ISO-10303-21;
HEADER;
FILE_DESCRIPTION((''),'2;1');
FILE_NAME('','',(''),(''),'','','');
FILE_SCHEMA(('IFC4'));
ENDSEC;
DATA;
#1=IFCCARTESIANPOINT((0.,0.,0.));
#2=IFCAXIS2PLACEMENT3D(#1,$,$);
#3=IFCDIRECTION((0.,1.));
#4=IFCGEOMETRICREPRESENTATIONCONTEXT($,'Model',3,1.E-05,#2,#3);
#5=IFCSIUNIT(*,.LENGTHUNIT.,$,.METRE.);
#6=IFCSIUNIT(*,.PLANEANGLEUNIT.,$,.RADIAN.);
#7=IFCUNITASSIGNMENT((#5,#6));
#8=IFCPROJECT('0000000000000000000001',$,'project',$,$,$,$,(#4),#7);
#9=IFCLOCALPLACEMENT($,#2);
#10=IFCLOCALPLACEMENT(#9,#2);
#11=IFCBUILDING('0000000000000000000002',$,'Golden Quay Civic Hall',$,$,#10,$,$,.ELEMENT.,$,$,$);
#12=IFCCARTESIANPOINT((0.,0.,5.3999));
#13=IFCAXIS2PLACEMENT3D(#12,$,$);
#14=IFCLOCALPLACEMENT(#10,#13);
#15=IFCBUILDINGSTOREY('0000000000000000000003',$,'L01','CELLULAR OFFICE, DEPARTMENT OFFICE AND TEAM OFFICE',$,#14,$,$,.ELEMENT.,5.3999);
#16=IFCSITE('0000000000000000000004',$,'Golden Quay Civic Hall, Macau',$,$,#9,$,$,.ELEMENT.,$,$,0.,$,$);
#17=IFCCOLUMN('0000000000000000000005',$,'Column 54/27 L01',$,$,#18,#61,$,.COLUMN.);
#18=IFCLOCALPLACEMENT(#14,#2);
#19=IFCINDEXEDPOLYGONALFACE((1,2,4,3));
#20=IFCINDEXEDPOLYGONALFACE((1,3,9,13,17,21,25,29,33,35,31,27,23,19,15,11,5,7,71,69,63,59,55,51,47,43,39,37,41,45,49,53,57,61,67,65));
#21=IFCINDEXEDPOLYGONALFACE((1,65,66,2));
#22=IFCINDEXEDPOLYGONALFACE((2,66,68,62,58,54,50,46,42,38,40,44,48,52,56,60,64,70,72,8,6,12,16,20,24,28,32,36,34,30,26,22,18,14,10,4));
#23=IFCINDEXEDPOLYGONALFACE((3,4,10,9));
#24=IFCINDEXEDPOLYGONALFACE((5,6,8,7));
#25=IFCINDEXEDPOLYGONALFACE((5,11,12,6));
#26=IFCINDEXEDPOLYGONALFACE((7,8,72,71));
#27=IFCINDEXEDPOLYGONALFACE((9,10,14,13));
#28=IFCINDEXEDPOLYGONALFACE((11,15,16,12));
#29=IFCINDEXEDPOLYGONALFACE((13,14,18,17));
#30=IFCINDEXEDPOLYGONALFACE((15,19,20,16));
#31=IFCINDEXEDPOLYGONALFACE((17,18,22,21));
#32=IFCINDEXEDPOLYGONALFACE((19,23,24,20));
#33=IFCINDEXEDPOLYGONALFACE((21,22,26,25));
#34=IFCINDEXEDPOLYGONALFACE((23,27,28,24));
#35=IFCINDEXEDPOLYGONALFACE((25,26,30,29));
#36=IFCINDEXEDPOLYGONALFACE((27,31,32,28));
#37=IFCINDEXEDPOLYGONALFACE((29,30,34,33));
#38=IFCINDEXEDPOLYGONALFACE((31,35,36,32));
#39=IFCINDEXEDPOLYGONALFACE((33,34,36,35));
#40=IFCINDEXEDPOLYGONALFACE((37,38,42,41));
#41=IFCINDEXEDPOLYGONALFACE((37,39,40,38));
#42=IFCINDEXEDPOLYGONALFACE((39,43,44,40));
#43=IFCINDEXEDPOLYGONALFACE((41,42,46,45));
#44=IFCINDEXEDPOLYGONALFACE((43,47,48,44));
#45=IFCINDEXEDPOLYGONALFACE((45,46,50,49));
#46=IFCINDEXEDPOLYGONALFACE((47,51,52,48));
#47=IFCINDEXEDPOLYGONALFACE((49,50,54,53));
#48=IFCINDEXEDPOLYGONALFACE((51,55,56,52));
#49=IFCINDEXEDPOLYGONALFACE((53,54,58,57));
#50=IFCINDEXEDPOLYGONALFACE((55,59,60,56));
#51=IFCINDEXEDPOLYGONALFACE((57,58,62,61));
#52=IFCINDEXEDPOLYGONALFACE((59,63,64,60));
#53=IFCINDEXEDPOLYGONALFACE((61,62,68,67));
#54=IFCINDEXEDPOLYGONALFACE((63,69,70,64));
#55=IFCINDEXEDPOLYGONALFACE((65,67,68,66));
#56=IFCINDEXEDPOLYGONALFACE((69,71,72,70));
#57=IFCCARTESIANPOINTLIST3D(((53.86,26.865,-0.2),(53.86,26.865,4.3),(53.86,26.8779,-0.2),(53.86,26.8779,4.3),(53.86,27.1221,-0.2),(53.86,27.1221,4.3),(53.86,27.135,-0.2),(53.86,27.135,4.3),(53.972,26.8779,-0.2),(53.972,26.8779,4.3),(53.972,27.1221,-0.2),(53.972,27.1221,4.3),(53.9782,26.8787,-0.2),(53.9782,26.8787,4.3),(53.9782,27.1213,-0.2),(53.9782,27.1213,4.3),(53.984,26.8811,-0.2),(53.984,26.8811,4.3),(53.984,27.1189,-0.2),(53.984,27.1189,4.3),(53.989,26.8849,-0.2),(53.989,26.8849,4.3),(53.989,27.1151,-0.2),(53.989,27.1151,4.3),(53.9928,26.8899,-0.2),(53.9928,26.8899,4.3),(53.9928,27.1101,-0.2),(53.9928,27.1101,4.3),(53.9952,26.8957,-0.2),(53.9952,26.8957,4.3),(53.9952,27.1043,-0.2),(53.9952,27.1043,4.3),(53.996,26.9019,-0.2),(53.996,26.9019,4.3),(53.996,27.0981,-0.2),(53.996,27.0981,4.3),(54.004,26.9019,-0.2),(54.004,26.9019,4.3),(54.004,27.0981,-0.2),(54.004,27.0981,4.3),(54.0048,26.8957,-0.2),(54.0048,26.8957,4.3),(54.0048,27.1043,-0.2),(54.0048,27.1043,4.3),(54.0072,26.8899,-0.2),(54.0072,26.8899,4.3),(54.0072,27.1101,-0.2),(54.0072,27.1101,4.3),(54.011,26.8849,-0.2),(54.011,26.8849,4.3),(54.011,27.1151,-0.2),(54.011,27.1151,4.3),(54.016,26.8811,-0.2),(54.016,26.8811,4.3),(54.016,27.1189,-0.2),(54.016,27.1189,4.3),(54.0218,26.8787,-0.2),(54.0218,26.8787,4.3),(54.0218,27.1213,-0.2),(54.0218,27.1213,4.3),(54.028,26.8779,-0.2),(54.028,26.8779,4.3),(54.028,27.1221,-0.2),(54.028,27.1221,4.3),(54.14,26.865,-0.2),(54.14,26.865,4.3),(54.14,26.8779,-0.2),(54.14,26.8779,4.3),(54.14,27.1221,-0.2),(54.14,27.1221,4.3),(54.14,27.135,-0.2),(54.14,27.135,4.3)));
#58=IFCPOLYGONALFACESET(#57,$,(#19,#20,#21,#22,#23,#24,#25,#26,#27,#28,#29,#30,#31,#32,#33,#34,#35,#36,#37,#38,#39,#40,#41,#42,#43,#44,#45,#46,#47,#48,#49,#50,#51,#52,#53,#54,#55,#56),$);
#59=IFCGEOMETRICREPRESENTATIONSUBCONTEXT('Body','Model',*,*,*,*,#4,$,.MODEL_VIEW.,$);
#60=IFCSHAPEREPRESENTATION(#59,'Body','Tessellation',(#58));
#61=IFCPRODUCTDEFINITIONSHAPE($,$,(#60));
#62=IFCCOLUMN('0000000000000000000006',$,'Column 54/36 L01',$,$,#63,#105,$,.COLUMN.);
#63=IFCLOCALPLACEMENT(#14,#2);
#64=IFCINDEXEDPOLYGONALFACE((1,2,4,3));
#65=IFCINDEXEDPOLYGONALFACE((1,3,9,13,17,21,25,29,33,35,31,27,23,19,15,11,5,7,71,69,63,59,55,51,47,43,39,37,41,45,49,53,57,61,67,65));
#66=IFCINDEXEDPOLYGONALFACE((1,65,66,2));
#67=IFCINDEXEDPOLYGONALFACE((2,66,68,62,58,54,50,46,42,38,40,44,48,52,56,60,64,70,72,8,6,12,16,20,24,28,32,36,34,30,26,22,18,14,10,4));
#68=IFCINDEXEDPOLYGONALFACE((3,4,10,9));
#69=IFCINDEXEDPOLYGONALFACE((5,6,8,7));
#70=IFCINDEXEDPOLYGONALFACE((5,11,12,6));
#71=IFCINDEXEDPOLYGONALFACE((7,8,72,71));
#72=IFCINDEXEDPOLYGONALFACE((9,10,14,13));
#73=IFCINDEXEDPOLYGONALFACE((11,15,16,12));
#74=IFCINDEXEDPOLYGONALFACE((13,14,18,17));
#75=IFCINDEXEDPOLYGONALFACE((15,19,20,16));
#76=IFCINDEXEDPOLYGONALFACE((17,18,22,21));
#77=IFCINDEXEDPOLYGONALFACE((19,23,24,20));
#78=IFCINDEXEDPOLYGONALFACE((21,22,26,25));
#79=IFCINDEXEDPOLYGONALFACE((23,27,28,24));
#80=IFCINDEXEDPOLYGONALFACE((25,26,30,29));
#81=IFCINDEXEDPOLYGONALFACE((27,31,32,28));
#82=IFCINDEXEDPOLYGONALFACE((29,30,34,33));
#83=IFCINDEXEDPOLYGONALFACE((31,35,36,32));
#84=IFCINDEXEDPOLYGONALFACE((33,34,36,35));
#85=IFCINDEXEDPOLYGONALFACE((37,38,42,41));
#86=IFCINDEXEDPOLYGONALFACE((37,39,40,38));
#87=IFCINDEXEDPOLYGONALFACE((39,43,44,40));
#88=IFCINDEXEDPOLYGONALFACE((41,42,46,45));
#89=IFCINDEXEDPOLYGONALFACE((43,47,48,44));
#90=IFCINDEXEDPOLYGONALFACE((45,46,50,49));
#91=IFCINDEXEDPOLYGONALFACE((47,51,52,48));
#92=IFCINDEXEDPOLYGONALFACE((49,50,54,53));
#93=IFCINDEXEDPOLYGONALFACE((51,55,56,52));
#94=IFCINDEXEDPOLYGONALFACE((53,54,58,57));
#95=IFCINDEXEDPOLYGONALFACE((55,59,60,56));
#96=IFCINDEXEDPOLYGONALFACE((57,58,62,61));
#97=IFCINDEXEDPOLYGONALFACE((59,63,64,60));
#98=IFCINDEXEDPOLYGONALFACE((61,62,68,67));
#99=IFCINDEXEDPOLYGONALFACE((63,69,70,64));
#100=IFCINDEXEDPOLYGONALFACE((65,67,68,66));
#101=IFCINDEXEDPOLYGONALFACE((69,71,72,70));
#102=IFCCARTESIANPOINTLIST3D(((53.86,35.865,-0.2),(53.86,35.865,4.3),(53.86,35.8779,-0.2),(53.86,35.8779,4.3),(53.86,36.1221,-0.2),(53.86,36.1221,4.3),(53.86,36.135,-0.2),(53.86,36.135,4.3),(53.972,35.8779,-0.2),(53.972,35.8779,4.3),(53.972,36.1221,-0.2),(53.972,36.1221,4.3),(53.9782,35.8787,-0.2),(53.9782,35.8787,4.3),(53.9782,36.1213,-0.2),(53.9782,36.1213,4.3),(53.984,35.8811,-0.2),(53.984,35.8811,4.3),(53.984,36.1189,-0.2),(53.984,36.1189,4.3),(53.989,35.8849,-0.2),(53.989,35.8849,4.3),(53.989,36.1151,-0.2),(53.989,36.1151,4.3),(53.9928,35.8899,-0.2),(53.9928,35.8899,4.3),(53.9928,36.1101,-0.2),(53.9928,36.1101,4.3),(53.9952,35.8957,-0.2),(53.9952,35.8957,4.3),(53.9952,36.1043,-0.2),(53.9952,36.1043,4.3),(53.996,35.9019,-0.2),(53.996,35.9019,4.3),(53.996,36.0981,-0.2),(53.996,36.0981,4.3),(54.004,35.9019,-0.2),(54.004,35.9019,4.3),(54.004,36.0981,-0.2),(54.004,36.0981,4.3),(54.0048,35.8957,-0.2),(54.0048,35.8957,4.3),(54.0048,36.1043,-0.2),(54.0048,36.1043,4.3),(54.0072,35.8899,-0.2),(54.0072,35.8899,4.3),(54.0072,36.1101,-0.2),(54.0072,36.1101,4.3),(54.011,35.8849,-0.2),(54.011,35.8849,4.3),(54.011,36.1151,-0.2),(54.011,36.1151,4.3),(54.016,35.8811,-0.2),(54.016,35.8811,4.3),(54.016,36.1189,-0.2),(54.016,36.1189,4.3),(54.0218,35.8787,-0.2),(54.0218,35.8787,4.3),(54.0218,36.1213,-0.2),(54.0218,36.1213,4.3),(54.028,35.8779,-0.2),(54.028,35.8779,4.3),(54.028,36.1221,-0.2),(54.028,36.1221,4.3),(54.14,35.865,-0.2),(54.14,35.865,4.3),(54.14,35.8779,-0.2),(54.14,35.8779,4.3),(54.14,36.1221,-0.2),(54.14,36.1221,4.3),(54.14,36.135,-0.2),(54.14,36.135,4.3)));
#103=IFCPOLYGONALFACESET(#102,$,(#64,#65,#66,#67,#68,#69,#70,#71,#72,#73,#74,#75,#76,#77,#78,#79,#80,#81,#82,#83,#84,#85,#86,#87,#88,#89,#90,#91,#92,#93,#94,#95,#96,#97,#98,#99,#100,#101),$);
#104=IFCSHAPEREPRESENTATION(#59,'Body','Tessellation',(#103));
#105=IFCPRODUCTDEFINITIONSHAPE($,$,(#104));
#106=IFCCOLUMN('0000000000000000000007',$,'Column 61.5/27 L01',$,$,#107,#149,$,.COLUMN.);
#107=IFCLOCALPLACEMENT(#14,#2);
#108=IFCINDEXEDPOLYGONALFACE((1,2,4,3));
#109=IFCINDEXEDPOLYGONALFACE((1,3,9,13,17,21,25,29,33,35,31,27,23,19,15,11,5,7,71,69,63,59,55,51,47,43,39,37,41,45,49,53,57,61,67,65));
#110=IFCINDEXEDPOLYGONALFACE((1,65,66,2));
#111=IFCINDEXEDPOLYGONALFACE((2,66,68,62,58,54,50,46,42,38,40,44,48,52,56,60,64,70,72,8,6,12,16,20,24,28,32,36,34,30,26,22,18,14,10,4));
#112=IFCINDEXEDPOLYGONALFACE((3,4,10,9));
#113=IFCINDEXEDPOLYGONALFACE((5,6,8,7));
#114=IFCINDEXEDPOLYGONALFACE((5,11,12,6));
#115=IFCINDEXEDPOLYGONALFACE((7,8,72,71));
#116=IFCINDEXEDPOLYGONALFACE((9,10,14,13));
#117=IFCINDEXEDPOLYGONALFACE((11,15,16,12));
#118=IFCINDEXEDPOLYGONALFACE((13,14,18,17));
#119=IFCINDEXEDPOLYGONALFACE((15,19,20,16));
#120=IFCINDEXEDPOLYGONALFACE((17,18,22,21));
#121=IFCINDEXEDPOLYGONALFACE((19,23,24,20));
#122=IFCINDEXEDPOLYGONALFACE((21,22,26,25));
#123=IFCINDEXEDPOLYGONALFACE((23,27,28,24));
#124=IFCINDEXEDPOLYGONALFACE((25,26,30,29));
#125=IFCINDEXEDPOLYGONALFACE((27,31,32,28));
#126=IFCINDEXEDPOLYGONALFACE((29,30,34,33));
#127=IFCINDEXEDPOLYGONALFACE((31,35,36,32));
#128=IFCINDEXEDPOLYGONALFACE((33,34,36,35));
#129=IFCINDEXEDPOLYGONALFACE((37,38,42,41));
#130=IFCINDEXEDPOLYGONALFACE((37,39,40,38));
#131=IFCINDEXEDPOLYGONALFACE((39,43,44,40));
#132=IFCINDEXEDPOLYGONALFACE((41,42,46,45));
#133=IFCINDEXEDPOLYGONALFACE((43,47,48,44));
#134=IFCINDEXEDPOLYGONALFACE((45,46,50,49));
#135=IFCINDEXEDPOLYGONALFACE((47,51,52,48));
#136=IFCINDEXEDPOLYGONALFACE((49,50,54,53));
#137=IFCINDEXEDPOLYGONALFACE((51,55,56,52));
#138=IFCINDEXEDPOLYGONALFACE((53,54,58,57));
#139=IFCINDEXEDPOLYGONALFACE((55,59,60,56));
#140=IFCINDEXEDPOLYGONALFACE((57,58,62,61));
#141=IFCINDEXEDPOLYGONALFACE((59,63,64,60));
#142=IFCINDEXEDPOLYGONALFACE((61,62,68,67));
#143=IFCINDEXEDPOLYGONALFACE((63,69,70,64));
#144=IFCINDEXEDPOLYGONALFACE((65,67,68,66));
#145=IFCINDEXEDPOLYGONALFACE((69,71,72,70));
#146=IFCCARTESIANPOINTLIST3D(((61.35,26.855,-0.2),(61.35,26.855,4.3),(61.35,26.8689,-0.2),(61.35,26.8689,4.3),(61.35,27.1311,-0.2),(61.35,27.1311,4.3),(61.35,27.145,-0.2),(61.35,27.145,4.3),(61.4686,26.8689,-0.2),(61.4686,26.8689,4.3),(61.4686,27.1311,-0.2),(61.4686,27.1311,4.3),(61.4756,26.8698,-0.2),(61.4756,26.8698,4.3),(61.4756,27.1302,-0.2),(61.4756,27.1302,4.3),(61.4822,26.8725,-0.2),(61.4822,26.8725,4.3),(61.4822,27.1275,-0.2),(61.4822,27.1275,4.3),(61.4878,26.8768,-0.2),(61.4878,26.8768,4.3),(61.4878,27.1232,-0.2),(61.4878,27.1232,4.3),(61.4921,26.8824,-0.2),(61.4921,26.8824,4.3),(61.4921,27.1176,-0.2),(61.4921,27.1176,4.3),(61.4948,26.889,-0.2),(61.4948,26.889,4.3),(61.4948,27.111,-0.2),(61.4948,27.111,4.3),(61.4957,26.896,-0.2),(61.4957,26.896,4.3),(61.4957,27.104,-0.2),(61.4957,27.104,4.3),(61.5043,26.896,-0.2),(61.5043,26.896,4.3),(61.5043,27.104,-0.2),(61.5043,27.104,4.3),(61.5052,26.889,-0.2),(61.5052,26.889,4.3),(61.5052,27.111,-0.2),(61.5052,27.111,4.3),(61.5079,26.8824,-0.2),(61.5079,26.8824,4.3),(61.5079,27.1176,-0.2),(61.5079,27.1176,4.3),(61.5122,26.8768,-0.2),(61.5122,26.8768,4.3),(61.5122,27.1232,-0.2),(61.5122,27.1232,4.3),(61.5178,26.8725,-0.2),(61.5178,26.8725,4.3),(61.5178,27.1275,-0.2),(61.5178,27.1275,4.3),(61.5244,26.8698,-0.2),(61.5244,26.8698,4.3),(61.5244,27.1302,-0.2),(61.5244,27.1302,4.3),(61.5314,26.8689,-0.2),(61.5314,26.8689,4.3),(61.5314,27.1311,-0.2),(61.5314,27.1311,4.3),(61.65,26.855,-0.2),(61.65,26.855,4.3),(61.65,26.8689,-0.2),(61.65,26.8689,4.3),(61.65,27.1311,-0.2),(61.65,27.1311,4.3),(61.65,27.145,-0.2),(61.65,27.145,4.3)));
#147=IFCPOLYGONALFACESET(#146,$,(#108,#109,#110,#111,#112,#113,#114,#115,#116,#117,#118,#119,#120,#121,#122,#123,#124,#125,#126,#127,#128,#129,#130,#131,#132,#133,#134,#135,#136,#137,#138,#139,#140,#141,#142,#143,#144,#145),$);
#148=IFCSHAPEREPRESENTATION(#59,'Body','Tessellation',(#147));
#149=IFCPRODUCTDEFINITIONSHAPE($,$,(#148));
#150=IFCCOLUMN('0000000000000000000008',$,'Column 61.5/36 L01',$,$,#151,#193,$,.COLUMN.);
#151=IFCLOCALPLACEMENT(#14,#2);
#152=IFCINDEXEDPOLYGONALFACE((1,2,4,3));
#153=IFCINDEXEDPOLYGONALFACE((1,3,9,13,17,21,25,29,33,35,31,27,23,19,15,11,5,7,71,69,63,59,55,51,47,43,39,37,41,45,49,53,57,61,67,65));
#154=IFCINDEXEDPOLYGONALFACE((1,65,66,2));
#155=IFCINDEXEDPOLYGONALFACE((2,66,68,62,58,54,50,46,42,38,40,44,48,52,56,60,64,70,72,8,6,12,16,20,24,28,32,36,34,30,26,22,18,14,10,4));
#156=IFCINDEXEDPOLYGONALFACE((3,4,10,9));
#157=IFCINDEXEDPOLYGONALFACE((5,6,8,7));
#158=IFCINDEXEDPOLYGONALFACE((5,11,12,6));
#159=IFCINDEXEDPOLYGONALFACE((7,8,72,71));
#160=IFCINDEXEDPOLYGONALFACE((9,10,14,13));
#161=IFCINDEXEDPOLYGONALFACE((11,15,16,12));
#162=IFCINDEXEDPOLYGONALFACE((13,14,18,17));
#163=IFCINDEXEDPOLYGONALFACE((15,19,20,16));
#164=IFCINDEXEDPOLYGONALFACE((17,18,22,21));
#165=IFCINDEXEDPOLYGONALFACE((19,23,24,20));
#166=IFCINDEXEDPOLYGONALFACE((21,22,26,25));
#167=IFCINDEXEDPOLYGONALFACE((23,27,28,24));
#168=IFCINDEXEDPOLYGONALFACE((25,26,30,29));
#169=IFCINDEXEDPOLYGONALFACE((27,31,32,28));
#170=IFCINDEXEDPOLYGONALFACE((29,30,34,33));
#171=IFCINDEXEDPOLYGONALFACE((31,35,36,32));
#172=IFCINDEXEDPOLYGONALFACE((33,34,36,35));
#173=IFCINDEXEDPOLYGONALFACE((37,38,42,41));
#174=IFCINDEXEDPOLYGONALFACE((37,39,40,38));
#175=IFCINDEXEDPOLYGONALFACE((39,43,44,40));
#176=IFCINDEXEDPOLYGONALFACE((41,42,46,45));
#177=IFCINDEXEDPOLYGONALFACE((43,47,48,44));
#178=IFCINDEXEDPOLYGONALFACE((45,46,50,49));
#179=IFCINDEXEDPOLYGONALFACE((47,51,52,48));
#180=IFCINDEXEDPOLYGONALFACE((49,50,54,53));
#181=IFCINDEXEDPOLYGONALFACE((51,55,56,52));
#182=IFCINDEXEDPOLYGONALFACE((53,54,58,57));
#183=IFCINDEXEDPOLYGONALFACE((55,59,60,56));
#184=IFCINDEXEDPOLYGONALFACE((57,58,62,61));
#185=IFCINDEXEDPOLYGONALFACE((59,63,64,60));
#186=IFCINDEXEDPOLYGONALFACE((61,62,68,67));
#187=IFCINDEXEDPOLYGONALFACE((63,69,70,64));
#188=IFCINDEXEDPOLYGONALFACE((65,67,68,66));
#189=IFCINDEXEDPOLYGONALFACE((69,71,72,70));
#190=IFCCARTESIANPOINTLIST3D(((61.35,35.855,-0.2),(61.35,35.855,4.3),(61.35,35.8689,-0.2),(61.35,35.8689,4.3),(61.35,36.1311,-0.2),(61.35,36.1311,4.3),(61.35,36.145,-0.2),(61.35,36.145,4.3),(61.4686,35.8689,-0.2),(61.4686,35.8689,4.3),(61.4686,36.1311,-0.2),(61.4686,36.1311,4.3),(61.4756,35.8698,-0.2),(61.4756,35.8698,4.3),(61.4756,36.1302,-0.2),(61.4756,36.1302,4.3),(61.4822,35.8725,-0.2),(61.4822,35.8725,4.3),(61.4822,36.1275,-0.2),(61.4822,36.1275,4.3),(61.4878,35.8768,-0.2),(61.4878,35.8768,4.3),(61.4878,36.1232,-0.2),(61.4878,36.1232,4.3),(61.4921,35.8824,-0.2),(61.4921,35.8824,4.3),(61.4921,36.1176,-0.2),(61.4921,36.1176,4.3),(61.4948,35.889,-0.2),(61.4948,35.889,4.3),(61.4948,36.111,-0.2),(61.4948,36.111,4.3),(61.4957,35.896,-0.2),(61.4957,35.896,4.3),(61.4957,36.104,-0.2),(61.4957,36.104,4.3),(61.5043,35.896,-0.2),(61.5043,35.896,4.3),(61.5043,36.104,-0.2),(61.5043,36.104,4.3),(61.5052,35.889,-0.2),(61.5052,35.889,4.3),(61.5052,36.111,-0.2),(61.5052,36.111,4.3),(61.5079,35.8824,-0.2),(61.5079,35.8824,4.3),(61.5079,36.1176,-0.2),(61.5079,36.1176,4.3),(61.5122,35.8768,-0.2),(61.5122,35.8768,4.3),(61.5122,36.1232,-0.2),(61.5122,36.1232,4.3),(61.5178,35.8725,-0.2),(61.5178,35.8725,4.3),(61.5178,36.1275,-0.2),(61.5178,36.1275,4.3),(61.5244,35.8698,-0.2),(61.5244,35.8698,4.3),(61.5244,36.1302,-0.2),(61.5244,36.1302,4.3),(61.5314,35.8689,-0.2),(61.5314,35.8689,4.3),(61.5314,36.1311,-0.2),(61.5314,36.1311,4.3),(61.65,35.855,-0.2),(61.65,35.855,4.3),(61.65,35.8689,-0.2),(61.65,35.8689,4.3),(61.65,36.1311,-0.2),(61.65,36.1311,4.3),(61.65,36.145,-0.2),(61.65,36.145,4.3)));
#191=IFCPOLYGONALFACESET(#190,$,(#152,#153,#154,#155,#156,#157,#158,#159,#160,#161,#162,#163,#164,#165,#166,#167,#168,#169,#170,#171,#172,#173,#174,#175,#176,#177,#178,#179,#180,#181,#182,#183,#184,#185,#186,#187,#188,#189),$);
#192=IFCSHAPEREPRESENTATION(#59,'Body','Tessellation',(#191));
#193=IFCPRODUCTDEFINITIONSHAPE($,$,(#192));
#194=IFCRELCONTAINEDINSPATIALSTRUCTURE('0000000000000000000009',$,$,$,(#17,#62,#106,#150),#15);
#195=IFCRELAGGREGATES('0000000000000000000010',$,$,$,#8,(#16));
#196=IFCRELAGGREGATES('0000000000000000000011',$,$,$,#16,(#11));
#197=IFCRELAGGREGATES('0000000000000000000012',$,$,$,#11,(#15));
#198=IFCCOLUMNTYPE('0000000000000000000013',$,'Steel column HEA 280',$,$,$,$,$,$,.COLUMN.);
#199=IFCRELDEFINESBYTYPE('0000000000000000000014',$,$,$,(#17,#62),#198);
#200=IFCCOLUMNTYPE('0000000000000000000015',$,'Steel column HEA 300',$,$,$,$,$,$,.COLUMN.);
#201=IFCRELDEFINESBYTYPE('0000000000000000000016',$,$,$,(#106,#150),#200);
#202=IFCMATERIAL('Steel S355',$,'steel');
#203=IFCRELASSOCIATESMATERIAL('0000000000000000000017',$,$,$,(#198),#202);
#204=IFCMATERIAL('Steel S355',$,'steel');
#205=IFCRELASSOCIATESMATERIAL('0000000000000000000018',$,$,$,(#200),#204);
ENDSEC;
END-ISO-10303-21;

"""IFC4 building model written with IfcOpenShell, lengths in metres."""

from ifc_helpers import new_model, si_unit, direction, frame, origin, origin_2d, place, context, subcontext, project, spatial, i_section, extrude, material, material_profile, profile_set, type_object, element, save


model = new_model("IFC4")

# Units and contexts
model_context = context("Model", 3, precision=1e-05, world=origin(), true_north=direction((0.0, 1.0)))
body_context = subcontext(model_context, "Body", "Model", "MODEL_VIEW")
ifc_project = project(units=[si_unit("LENGTHUNIT", "METRE"), si_unit("PLANEANGLEUNIT", "RADIAN")], contexts=[model_context])

# Site, building, storey
site_placement = place(None, origin())
site = spatial("IfcSite", under=ifc_project, at=site_placement, Name="Golden Quay Civic Hall, Macau", CompositionType="ELEMENT", RefElevation=0.0)
building_placement = place(site_placement, origin())
building = spatial("IfcBuilding", under=site, at=building_placement, Name="Golden Quay Civic Hall", CompositionType="ELEMENT")
storey_placement = place(building_placement, frame((0.0, 0.0, 5.3999)))
storey = spatial("IfcBuildingStorey", under=building, at=storey_placement, Name="L01", Description="CELLULAR OFFICE, DEPARTMENT OFFICE AND TEAM OFFICE", CompositionType="ELEMENT", Elevation=5.3999)

# Columns
ifc_material_1 = material(Name="Steel S355", Category="steel")
ifc_material_profile_1 = material_profile(ifc_material_1, i_section(OverallWidth=0.28, OverallDepth=0.27, WebThickness=0.0081, FlangeThickness=0.0129, FilletRadius=0.0239, at=origin_2d()), Name="HEA 280")
ifc_profile_set_1 = profile_set([ifc_material_profile_1], Name="Steel S355")
column_type_1 = type_object("IfcColumnType", Name="Steel column HEA 280", PredefinedType="COLUMN", material=ifc_profile_set_1)
for number, where, z_axis, x_axis, name in (
    (1, (54.0, 27.0, -0.2), (0.0, 0.0, 1.0), (1.0, 0.0, 0.0), "Column 54/27 L01"),
    (2, (54.0, 36.0, -0.2), (0.0, 0.0, 1.0), (1.0, 0.0, 0.0), "Column 54/36 L01"),
):
    element("IfcColumn", number, at=place(storey_placement, frame(where, z_axis=z_axis, x_axis=x_axis)), inside=storey, type_object=column_type_1, Name=name, PredefinedType="COLUMN", context=body_context, shape_type="SweptSolid", body=[
        extrude(i_section(OverallWidth=0.28, OverallDepth=0.27, WebThickness=0.0081, FlangeThickness=0.0129, FilletRadius=0.0239, at=origin_2d()), origin(), (0.0, 0.0, 1.0), 4.5),
    ])
ifc_material_2 = material(Name="Steel S355", Category="steel")
ifc_material_profile_2 = material_profile(ifc_material_2, i_section(OverallWidth=0.3, OverallDepth=0.29, WebThickness=0.0085, FlangeThickness=0.0139, FilletRadius=0.0271, at=origin_2d()), Name="HEA 300")
ifc_profile_set_2 = profile_set([ifc_material_profile_2], Name="Steel S355")
column_type_2 = type_object("IfcColumnType", Name="Steel column HEA 300", PredefinedType="COLUMN", material=ifc_profile_set_2)
for number, where, z_axis, x_axis, name in (
    (3, (61.5, 27.0, -0.2), (0.0, 0.0, 1.0), (1.0, 0.0, 0.0), "Column 61.5/27 L01"),
    (4, (61.5, 36.0, -0.2), (0.0, 0.0, 1.0), (1.0, 0.0, 0.0), "Column 61.5/36 L01"),
):
    element("IfcColumn", number, at=place(storey_placement, frame(where, z_axis=z_axis, x_axis=x_axis)), inside=storey, type_object=column_type_2, Name=name, PredefinedType="COLUMN", context=body_context, shape_type="SweptSolid", body=[
        extrude(i_section(OverallWidth=0.3, OverallDepth=0.29, WebThickness=0.0085, FlangeThickness=0.0139, FilletRadius=0.0271, at=origin_2d()), origin(), (0.0, 0.0, 1.0), 4.5),
    ])

save(model, "model.ifc")
